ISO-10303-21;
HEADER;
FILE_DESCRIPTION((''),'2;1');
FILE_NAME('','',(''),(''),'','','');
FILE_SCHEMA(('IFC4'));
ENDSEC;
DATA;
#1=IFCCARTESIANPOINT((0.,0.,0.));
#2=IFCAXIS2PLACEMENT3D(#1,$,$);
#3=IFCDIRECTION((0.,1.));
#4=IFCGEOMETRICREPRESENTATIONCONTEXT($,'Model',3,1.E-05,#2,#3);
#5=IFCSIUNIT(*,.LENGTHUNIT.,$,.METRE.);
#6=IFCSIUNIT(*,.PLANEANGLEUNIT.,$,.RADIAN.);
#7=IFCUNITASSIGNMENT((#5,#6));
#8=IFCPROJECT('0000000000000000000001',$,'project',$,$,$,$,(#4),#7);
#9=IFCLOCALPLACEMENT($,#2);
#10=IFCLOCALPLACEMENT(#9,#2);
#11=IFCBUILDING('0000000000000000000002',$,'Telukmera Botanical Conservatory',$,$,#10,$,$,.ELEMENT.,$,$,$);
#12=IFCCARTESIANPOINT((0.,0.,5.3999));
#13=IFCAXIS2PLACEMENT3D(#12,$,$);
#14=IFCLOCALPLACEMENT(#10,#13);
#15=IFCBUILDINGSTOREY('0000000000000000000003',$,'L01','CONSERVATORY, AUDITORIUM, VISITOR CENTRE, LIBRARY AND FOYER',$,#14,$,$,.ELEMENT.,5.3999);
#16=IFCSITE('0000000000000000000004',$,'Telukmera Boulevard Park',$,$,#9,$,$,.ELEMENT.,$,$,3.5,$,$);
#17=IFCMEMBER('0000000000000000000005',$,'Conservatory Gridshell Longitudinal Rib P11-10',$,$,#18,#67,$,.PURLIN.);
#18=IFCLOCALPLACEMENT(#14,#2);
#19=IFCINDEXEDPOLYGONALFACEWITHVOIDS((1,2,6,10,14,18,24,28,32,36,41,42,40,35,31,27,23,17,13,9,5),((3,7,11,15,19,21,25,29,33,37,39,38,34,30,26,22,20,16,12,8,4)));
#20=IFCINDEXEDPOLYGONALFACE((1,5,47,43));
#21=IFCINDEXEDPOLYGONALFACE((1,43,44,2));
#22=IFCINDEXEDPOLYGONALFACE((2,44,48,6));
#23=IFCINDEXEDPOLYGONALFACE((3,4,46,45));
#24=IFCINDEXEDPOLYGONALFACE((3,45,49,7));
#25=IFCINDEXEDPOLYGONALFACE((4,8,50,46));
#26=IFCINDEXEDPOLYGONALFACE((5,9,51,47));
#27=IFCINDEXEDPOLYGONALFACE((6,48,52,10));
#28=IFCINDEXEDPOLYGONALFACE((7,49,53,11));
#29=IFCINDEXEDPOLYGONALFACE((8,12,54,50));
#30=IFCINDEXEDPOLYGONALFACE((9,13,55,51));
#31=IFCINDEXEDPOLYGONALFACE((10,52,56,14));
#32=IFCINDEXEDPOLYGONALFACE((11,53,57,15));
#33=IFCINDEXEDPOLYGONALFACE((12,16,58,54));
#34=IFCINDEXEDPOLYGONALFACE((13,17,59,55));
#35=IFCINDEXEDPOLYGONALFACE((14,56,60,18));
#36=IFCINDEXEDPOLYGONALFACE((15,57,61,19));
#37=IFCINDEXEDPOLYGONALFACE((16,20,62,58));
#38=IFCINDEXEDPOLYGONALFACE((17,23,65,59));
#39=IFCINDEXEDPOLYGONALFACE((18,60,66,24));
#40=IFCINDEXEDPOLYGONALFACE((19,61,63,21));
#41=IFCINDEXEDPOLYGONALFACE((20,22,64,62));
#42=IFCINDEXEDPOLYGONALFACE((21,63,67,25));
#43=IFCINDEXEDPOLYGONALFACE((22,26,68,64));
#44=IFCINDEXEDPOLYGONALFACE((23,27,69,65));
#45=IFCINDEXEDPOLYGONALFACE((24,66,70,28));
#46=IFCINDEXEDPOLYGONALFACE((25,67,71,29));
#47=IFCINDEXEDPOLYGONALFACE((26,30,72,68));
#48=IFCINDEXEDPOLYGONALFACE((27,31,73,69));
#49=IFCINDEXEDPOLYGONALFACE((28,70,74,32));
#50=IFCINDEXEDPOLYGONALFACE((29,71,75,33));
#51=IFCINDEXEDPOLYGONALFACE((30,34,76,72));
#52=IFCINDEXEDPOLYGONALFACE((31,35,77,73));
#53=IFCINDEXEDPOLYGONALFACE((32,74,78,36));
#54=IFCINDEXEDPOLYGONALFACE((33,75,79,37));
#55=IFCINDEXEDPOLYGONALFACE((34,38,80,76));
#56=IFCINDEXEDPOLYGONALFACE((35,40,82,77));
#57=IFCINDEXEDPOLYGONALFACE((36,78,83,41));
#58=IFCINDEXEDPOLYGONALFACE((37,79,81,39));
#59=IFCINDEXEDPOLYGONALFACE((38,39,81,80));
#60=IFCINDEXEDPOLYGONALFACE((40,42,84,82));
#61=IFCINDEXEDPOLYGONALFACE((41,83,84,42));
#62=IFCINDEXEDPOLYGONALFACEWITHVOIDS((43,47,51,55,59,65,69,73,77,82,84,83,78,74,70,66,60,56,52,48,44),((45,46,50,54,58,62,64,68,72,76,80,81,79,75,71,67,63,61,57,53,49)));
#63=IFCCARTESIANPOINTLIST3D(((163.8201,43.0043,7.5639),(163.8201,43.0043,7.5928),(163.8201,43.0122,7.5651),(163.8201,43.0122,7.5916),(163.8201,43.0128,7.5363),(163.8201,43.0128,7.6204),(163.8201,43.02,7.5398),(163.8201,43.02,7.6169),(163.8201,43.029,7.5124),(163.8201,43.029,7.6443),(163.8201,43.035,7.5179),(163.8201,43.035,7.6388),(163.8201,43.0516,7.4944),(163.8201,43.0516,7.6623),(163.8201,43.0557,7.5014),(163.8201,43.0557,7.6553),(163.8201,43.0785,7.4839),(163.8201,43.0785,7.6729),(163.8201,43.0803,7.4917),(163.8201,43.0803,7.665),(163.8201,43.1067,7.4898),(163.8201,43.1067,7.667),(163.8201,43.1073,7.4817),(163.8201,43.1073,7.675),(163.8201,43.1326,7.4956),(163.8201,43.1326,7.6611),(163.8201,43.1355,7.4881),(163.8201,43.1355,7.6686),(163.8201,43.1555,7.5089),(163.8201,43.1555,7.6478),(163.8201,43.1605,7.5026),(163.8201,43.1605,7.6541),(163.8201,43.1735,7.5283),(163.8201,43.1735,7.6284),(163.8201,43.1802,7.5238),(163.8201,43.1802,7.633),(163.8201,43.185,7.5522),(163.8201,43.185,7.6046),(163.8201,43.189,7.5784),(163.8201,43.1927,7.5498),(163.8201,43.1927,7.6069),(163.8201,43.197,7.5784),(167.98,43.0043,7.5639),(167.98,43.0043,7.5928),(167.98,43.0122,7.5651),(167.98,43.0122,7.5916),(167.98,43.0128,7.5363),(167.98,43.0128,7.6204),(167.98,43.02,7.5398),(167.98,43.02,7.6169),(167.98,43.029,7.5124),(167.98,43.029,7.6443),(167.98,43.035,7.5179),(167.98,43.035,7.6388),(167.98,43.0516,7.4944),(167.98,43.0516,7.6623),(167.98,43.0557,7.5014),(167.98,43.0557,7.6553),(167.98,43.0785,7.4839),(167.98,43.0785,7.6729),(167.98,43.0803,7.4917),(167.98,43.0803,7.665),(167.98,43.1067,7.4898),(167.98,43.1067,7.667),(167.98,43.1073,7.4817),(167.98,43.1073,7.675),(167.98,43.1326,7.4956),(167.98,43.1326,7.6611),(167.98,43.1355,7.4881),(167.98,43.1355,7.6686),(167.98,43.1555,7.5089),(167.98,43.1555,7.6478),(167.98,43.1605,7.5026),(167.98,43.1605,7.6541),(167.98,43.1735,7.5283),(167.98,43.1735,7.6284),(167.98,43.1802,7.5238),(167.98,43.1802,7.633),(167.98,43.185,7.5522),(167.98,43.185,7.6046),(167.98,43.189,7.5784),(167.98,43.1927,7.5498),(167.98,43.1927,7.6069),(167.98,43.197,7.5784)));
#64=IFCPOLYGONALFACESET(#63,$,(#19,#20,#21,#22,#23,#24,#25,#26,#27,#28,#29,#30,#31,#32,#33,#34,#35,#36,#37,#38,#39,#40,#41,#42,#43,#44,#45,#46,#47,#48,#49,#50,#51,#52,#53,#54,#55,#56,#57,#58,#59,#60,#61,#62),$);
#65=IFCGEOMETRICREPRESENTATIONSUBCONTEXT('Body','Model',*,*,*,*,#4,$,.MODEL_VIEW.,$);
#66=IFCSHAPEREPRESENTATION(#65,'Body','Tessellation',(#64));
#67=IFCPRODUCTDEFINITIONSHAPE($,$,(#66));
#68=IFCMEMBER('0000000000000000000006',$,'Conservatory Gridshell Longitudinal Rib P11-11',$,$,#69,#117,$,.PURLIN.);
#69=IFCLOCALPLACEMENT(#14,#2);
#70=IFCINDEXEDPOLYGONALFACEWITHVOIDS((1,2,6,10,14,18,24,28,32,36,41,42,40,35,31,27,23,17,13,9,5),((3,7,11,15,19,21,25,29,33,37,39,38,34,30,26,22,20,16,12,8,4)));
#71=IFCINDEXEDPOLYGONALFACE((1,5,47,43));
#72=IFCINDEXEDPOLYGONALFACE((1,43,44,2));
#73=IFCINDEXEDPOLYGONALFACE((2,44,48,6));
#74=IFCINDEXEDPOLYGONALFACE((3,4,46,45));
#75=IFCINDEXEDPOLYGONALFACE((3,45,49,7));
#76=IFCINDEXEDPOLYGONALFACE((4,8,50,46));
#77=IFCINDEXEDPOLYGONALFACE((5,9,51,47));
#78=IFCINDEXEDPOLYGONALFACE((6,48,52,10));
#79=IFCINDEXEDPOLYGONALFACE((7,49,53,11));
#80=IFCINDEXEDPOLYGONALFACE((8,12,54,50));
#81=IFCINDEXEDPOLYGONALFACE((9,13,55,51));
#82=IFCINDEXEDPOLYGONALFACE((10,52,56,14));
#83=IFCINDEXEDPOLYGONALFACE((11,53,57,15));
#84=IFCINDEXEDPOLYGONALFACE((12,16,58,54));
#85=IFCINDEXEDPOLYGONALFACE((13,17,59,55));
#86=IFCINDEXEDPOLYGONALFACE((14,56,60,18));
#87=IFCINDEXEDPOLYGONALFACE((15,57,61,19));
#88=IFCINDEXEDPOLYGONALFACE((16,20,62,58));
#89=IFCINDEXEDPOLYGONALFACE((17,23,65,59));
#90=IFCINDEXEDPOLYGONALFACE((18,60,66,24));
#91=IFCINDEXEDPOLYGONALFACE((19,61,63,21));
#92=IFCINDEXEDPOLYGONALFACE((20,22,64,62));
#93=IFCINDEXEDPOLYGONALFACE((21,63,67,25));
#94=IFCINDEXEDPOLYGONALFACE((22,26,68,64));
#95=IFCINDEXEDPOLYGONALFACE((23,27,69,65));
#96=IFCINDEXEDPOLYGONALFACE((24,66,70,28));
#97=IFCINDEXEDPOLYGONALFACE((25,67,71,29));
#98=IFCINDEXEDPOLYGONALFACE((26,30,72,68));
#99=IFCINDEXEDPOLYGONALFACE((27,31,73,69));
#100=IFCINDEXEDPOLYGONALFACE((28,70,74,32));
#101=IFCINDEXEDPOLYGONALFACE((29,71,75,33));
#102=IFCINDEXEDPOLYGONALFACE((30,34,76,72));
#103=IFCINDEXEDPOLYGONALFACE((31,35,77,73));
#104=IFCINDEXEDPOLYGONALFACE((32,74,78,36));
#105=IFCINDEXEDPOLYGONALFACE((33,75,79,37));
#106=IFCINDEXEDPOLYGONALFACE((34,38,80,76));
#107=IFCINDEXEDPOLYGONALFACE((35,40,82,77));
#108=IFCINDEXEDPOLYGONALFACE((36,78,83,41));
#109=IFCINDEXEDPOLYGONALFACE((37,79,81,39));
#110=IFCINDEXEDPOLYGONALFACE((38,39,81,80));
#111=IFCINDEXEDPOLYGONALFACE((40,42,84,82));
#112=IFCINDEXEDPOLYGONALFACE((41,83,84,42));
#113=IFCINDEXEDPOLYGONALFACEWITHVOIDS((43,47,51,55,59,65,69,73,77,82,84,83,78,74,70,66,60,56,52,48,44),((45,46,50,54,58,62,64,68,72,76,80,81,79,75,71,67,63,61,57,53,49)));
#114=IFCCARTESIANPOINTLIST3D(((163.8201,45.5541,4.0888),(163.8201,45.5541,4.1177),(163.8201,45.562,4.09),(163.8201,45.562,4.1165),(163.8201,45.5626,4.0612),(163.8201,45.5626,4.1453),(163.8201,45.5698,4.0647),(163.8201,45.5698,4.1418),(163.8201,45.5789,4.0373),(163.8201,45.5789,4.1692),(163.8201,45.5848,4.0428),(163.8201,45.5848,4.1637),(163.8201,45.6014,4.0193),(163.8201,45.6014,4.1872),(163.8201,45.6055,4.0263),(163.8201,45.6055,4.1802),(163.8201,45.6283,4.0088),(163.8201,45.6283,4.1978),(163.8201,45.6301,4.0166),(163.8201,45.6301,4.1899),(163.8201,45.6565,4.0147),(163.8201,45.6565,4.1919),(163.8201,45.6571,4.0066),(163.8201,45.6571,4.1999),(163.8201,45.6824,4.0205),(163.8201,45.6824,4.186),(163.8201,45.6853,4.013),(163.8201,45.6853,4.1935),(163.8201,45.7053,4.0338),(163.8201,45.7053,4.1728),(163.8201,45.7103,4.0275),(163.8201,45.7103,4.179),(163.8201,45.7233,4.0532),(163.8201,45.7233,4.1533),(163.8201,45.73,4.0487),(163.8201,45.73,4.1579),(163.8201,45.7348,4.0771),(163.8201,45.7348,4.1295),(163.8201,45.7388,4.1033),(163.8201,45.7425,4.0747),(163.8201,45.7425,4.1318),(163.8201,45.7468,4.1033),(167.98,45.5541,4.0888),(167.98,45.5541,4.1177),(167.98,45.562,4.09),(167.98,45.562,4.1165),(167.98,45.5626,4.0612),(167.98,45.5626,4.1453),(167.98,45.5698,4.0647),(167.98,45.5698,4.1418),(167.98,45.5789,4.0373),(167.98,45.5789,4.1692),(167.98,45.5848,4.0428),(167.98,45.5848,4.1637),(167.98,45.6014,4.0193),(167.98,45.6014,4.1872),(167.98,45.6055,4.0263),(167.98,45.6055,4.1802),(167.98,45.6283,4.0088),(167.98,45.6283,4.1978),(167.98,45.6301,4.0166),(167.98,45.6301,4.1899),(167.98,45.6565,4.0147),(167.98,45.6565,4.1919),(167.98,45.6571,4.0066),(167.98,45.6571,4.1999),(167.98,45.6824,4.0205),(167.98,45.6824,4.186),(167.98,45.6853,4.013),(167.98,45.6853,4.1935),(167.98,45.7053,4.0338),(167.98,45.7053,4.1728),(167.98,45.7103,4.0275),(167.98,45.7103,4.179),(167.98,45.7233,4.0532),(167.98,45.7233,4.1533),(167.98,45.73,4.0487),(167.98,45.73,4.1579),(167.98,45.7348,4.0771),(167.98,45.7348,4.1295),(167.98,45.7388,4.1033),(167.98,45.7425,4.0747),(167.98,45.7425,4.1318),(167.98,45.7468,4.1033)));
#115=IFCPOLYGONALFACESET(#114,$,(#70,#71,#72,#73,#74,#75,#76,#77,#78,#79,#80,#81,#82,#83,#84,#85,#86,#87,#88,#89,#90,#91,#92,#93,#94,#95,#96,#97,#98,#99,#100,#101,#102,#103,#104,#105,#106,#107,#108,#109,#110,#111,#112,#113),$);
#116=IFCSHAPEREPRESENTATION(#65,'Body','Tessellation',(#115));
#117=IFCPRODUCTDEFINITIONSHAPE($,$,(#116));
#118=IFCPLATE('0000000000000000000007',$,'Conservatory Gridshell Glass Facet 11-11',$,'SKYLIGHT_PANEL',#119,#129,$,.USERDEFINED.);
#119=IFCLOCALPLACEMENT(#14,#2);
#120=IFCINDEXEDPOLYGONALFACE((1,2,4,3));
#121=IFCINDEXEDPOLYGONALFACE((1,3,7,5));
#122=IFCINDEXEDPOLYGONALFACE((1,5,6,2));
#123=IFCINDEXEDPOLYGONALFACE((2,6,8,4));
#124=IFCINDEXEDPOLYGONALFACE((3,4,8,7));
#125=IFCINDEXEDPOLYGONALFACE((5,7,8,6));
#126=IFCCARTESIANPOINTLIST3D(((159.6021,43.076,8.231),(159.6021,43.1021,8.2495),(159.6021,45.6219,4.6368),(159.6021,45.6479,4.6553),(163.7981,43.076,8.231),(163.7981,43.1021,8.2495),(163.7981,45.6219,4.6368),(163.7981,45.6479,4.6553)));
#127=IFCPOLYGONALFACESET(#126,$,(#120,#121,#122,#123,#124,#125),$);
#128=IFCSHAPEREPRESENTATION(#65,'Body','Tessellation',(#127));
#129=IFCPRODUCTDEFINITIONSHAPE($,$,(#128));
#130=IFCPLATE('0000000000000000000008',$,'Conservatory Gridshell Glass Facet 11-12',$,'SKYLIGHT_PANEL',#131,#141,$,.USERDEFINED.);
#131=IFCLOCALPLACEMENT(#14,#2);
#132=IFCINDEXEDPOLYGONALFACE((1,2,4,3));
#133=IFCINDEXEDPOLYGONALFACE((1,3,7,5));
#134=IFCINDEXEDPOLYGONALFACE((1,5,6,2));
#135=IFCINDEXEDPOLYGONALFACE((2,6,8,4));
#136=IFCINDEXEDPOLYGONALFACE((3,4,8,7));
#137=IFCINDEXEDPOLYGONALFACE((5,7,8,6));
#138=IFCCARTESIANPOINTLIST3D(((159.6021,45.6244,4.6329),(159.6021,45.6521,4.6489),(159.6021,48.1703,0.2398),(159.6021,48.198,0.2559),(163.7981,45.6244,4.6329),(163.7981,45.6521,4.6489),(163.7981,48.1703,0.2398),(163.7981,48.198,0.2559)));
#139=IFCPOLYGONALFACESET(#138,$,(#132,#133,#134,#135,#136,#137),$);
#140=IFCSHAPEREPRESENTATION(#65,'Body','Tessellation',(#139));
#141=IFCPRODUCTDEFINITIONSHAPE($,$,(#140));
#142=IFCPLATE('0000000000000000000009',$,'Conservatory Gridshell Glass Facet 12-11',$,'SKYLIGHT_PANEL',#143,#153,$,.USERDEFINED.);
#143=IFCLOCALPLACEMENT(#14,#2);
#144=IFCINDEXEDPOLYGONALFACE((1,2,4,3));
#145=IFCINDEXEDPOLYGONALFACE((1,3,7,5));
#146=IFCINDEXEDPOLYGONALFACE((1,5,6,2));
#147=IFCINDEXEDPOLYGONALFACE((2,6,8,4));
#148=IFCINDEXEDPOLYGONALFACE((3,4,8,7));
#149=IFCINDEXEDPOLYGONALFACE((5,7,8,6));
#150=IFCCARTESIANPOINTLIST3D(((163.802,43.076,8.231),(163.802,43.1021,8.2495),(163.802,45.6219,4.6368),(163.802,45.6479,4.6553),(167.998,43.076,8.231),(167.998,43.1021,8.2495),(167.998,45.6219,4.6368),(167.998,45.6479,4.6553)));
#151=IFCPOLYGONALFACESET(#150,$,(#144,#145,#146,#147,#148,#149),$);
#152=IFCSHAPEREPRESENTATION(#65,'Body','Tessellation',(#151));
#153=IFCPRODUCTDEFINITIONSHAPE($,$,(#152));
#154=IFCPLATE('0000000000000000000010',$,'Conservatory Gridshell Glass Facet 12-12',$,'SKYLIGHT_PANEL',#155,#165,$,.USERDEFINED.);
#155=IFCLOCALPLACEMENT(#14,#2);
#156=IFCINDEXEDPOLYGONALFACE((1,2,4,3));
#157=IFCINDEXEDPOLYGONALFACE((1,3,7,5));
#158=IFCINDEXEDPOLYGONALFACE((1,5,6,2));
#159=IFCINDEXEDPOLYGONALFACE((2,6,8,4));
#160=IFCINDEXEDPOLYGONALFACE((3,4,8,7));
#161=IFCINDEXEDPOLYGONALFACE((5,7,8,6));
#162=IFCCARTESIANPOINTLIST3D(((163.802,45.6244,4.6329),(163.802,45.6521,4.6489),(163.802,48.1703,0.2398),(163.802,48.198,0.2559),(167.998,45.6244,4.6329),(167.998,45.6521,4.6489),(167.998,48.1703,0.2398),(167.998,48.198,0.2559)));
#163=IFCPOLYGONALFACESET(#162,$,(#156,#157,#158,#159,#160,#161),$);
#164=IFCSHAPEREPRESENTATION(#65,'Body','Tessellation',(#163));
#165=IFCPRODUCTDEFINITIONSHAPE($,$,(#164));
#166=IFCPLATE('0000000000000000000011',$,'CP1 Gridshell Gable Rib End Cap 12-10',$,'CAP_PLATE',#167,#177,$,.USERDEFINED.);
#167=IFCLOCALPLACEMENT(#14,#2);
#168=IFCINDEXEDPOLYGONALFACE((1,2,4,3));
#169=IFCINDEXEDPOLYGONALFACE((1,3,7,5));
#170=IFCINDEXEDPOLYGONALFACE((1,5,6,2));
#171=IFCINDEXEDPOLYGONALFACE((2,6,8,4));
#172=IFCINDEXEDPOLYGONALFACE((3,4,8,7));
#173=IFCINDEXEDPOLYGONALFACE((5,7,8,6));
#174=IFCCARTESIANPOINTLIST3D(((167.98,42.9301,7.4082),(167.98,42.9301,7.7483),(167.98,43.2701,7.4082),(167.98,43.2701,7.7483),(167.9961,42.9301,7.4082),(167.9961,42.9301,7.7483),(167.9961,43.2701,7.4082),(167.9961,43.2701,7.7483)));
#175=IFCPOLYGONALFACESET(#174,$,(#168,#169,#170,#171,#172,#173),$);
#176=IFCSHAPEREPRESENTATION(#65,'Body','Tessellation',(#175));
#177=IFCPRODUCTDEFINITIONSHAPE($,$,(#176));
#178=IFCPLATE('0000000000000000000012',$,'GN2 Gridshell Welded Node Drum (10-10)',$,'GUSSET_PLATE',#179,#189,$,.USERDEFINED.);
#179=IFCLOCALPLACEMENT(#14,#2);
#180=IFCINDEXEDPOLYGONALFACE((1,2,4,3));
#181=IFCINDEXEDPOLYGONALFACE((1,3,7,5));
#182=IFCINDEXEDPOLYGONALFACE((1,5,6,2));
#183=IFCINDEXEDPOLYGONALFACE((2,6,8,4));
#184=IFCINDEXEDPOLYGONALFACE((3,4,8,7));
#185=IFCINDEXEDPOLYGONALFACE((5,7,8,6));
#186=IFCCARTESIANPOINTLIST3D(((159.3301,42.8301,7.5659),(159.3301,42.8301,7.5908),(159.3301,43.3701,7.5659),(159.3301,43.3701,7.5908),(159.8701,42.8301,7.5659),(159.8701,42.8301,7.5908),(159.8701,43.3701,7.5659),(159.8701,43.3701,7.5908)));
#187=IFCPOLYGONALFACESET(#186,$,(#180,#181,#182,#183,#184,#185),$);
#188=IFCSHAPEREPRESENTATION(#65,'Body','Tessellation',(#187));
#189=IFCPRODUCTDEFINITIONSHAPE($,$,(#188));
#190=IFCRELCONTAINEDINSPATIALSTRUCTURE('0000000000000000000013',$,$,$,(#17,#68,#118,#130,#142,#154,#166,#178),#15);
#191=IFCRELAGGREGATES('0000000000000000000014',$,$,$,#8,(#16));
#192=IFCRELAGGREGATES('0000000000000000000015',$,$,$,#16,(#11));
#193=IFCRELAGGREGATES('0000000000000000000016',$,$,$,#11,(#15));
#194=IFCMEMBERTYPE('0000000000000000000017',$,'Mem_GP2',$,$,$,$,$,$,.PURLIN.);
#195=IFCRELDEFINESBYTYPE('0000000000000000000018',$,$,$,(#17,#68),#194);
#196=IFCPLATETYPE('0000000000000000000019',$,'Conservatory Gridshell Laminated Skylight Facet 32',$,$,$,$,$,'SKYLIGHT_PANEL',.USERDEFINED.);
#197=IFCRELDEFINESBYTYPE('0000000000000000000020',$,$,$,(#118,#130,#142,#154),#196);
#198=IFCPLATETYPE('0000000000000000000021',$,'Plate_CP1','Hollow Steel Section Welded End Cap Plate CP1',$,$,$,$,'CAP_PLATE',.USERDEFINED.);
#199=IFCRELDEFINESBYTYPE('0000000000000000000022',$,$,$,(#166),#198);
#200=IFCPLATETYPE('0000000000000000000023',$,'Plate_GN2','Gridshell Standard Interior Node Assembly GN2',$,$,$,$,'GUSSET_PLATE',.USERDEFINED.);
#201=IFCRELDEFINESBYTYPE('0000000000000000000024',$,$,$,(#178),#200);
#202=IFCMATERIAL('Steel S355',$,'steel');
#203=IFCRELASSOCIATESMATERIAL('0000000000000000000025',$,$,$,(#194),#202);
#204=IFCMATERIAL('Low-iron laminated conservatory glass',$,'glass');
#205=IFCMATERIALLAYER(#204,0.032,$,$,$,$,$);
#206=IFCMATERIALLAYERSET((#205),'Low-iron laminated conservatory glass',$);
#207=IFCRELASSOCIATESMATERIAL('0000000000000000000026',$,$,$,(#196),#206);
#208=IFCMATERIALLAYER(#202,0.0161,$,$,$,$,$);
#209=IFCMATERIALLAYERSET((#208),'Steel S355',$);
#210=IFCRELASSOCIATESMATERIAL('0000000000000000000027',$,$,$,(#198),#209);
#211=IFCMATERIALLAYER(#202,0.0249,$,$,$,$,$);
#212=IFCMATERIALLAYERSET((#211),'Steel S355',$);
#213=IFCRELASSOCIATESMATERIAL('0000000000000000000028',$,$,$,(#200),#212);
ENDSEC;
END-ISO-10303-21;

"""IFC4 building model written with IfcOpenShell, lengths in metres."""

from ifc_helpers import new_model, si_unit, direction, frame, origin, origin_2d, place, context, subcontext, project, spatial, polyline, rectangle, hollow_circle, outline, extrude, material, layer, layer_set, material_profile, profile_set, type_object, element, save


model = new_model("IFC4")

# Units and contexts
model_context = context("Model", 3, precision=1e-05, world=origin(), true_north=direction((0.0, 1.0)))
body_context = subcontext(model_context, "Body", "Model", "MODEL_VIEW")
ifc_project = project(units=[si_unit("LENGTHUNIT", "METRE"), si_unit("PLANEANGLEUNIT", "RADIAN")], contexts=[model_context])

# Site, building, storey
site_placement = place(None, origin())
site = spatial("IfcSite", under=ifc_project, at=site_placement, Name="Telukmera Boulevard Park", CompositionType="ELEMENT", RefElevation=3.5)
building_placement = place(site_placement, origin())
building = spatial("IfcBuilding", under=site, at=building_placement, Name="Telukmera Botanical Conservatory", CompositionType="ELEMENT")
storey_placement = place(building_placement, frame((0.0, 0.0, 5.3999)))
storey = spatial("IfcBuildingStorey", under=building, at=storey_placement, Name="L01", Description="CONSERVATORY, AUDITORIUM, VISITOR CENTRE, LIBRARY AND FOYER", CompositionType="ELEMENT", Elevation=5.3999)

# Shared definitions
ifc_material_1 = material(Name="Steel S355", Category="steel")

# Members
ifc_material_profile_1 = material_profile(ifc_material_1, hollow_circle(Radius=0.0969, WallThickness=0.0081, at=origin_2d()), Name="CHS 193.7x8.0")
ifc_profile_set_1 = profile_set([ifc_material_profile_1], Name="Steel S355")
member_type_1 = type_object("IfcMemberType", Name="Mem_GP2", PredefinedType="PURLIN", material=ifc_profile_set_1)
for number, where, z_axis, x_axis, name in (
    (1, (163.8201, 43.1001, 7.5784), (1.0, 0.0, 0.0), (0.0, 1.0, 0.0), "Conservatory Gridshell Longitudinal Rib P11-10"),
    (2, (163.8201, 45.6499, 4.1033), (1.0, 0.0, 0.0), (0.0, 1.0, 0.0), "Conservatory Gridshell Longitudinal Rib P11-11"),
):
    element("IfcMember", number, at=place(storey_placement, frame(where, z_axis=z_axis, x_axis=x_axis)), inside=storey, type_object=member_type_1, Name=name, PredefinedType="PURLIN", context=body_context, shape_type="SweptSolid", body=[
        extrude(hollow_circle(Radius=0.0969, WallThickness=0.0081, at=origin_2d()), origin(), (0.0, 0.0, 1.0), 4.1599),
    ])

# Plates
ifc_material_2 = material(Name="Low-iron laminated conservatory glass", Category="glass")
ifc_layer_1 = layer(ifc_material_2, 0.032)
ifc_layer_set_1 = layer_set([ifc_layer_1], Name="Low-iron laminated conservatory glass")
plate_type_1 = type_object("IfcPlateType", Name="Conservatory Gridshell Laminated Skylight Facet 32", ElementType="SKYLIGHT_PANEL", PredefinedType="USERDEFINED", material=ifc_layer_set_1)
plate_1_placement = place(storey_placement, frame((159.6021, 43.1021, 8.2495), z_axis=(0.0, 0.816027, 0.578014), x_axis=(1.0, 0.0, 0.0)))
element("IfcPlate", 3, at=plate_1_placement, inside=storey, type_object=plate_type_1, Name="Conservatory Gridshell Glass Facet 11-11", ObjectType="SKYLIGHT_PANEL", PredefinedType="USERDEFINED", context=body_context, shape_type="SweptSolid", body=[
    extrude(outline(polyline([(0.0, 0.0), (4.196, 0.0), (4.196, 4.4046), (0.0, 4.4046), (0.0, 0.0)])), origin(), (0.0, 0.0, -1.0), 0.032),
])
plate_2_placement = place(storey_placement, frame((159.6021, 45.6521, 4.6489), z_axis=(0.0, 0.865209, 0.501412), x_axis=(1.0, 0.0, 0.0)))
element("IfcPlate", 4, at=plate_2_placement, inside=storey, type_object=plate_type_1, Name="Conservatory Gridshell Glass Facet 11-12", ObjectType="SKYLIGHT_PANEL", PredefinedType="USERDEFINED", context=body_context, shape_type="SweptSolid", body=[
    extrude(outline(polyline([(0.0, 0.0), (4.196, 0.0), (4.196, 5.0775), (0.0, 5.0775), (0.0, 0.0)])), origin(), (0.0, 0.0, -1.0), 0.032),
])
plate_3_placement = place(storey_placement, frame((163.802, 43.1021, 8.2495), z_axis=(0.0, 0.816027, 0.578014), x_axis=(1.0, 0.0, 0.0)))
element("IfcPlate", 5, at=plate_3_placement, inside=storey, type_object=plate_type_1, Name="Conservatory Gridshell Glass Facet 12-11", ObjectType="SKYLIGHT_PANEL", PredefinedType="USERDEFINED", context=body_context, shape_type="SweptSolid", body=[
    extrude(outline(polyline([(0.0, 0.0), (4.196, 0.0), (4.196, 4.4046), (0.0, 4.4046), (0.0, 0.0)])), origin(), (0.0, 0.0, -1.0), 0.032),
])
plate_4_placement = place(storey_placement, frame((163.802, 45.6521, 4.6489), z_axis=(0.0, 0.865209, 0.501412), x_axis=(1.0, 0.0, 0.0)))
element("IfcPlate", 6, at=plate_4_placement, inside=storey, type_object=plate_type_1, Name="Conservatory Gridshell Glass Facet 12-12", ObjectType="SKYLIGHT_PANEL", PredefinedType="USERDEFINED", context=body_context, shape_type="SweptSolid", body=[
    extrude(outline(polyline([(0.0, 0.0), (4.196, 0.0), (4.196, 5.0775), (0.0, 5.0775), (0.0, 0.0)])), origin(), (0.0, 0.0, -1.0), 0.032),
])
ifc_layer_2 = layer(ifc_material_1, 0.0161)
ifc_layer_set_2 = layer_set([ifc_layer_2], Name="Steel S355")
plate_type_2 = type_object("IfcPlateType", Name="Plate_CP1", Description="Hollow Steel Section Welded End Cap Plate CP1", ElementType="CAP_PLATE", PredefinedType="USERDEFINED", material=ifc_layer_set_2)
plate_5_placement = place(storey_placement, frame((167.988, 43.1001, 7.4082), z_axis=(0.0, 0.0, 1.0), x_axis=(1.0, 0.0, 0.0)))
element("IfcPlate", 7, at=plate_5_placement, inside=storey, type_object=plate_type_2, Name="CP1 Gridshell Gable Rib End Cap 12-10", ObjectType="CAP_PLATE", PredefinedType="USERDEFINED", context=body_context, shape_type="SweptSolid", body=[
    extrude(rectangle(XDim=0.0161, YDim=0.3401, at=origin_2d()), origin(), (0.0, 0.0, 1.0), 0.3401),
])
ifc_layer_3 = layer(ifc_material_1, 0.0249)
ifc_layer_set_3 = layer_set([ifc_layer_3], Name="Steel S355")
plate_type_3 = type_object("IfcPlateType", Name="Plate_GN2", Description="Gridshell Standard Interior Node Assembly GN2", ElementType="GUSSET_PLATE", PredefinedType="USERDEFINED", material=ifc_layer_set_3)
for number, where, z_axis, x_axis, name in (
    (8, (159.6001, 43.1001, 7.5659), (0.0, 0.0, 1.0), (1.0, 0.0, 0.0), "GN2 Gridshell Welded Node Drum (10-10)"),
):
    element("IfcPlate", number, at=place(storey_placement, frame(where, z_axis=z_axis, x_axis=x_axis)), inside=storey, type_object=plate_type_3, Name=name, ObjectType="GUSSET_PLATE", PredefinedType="USERDEFINED", context=body_context, shape_type="SweptSolid", body=[
        extrude(rectangle(XDim=0.54, YDim=0.54, at=origin_2d()), origin(), (0.0, 0.0, 1.0), 0.0249),
    ])

save(model, "model.ifc")
